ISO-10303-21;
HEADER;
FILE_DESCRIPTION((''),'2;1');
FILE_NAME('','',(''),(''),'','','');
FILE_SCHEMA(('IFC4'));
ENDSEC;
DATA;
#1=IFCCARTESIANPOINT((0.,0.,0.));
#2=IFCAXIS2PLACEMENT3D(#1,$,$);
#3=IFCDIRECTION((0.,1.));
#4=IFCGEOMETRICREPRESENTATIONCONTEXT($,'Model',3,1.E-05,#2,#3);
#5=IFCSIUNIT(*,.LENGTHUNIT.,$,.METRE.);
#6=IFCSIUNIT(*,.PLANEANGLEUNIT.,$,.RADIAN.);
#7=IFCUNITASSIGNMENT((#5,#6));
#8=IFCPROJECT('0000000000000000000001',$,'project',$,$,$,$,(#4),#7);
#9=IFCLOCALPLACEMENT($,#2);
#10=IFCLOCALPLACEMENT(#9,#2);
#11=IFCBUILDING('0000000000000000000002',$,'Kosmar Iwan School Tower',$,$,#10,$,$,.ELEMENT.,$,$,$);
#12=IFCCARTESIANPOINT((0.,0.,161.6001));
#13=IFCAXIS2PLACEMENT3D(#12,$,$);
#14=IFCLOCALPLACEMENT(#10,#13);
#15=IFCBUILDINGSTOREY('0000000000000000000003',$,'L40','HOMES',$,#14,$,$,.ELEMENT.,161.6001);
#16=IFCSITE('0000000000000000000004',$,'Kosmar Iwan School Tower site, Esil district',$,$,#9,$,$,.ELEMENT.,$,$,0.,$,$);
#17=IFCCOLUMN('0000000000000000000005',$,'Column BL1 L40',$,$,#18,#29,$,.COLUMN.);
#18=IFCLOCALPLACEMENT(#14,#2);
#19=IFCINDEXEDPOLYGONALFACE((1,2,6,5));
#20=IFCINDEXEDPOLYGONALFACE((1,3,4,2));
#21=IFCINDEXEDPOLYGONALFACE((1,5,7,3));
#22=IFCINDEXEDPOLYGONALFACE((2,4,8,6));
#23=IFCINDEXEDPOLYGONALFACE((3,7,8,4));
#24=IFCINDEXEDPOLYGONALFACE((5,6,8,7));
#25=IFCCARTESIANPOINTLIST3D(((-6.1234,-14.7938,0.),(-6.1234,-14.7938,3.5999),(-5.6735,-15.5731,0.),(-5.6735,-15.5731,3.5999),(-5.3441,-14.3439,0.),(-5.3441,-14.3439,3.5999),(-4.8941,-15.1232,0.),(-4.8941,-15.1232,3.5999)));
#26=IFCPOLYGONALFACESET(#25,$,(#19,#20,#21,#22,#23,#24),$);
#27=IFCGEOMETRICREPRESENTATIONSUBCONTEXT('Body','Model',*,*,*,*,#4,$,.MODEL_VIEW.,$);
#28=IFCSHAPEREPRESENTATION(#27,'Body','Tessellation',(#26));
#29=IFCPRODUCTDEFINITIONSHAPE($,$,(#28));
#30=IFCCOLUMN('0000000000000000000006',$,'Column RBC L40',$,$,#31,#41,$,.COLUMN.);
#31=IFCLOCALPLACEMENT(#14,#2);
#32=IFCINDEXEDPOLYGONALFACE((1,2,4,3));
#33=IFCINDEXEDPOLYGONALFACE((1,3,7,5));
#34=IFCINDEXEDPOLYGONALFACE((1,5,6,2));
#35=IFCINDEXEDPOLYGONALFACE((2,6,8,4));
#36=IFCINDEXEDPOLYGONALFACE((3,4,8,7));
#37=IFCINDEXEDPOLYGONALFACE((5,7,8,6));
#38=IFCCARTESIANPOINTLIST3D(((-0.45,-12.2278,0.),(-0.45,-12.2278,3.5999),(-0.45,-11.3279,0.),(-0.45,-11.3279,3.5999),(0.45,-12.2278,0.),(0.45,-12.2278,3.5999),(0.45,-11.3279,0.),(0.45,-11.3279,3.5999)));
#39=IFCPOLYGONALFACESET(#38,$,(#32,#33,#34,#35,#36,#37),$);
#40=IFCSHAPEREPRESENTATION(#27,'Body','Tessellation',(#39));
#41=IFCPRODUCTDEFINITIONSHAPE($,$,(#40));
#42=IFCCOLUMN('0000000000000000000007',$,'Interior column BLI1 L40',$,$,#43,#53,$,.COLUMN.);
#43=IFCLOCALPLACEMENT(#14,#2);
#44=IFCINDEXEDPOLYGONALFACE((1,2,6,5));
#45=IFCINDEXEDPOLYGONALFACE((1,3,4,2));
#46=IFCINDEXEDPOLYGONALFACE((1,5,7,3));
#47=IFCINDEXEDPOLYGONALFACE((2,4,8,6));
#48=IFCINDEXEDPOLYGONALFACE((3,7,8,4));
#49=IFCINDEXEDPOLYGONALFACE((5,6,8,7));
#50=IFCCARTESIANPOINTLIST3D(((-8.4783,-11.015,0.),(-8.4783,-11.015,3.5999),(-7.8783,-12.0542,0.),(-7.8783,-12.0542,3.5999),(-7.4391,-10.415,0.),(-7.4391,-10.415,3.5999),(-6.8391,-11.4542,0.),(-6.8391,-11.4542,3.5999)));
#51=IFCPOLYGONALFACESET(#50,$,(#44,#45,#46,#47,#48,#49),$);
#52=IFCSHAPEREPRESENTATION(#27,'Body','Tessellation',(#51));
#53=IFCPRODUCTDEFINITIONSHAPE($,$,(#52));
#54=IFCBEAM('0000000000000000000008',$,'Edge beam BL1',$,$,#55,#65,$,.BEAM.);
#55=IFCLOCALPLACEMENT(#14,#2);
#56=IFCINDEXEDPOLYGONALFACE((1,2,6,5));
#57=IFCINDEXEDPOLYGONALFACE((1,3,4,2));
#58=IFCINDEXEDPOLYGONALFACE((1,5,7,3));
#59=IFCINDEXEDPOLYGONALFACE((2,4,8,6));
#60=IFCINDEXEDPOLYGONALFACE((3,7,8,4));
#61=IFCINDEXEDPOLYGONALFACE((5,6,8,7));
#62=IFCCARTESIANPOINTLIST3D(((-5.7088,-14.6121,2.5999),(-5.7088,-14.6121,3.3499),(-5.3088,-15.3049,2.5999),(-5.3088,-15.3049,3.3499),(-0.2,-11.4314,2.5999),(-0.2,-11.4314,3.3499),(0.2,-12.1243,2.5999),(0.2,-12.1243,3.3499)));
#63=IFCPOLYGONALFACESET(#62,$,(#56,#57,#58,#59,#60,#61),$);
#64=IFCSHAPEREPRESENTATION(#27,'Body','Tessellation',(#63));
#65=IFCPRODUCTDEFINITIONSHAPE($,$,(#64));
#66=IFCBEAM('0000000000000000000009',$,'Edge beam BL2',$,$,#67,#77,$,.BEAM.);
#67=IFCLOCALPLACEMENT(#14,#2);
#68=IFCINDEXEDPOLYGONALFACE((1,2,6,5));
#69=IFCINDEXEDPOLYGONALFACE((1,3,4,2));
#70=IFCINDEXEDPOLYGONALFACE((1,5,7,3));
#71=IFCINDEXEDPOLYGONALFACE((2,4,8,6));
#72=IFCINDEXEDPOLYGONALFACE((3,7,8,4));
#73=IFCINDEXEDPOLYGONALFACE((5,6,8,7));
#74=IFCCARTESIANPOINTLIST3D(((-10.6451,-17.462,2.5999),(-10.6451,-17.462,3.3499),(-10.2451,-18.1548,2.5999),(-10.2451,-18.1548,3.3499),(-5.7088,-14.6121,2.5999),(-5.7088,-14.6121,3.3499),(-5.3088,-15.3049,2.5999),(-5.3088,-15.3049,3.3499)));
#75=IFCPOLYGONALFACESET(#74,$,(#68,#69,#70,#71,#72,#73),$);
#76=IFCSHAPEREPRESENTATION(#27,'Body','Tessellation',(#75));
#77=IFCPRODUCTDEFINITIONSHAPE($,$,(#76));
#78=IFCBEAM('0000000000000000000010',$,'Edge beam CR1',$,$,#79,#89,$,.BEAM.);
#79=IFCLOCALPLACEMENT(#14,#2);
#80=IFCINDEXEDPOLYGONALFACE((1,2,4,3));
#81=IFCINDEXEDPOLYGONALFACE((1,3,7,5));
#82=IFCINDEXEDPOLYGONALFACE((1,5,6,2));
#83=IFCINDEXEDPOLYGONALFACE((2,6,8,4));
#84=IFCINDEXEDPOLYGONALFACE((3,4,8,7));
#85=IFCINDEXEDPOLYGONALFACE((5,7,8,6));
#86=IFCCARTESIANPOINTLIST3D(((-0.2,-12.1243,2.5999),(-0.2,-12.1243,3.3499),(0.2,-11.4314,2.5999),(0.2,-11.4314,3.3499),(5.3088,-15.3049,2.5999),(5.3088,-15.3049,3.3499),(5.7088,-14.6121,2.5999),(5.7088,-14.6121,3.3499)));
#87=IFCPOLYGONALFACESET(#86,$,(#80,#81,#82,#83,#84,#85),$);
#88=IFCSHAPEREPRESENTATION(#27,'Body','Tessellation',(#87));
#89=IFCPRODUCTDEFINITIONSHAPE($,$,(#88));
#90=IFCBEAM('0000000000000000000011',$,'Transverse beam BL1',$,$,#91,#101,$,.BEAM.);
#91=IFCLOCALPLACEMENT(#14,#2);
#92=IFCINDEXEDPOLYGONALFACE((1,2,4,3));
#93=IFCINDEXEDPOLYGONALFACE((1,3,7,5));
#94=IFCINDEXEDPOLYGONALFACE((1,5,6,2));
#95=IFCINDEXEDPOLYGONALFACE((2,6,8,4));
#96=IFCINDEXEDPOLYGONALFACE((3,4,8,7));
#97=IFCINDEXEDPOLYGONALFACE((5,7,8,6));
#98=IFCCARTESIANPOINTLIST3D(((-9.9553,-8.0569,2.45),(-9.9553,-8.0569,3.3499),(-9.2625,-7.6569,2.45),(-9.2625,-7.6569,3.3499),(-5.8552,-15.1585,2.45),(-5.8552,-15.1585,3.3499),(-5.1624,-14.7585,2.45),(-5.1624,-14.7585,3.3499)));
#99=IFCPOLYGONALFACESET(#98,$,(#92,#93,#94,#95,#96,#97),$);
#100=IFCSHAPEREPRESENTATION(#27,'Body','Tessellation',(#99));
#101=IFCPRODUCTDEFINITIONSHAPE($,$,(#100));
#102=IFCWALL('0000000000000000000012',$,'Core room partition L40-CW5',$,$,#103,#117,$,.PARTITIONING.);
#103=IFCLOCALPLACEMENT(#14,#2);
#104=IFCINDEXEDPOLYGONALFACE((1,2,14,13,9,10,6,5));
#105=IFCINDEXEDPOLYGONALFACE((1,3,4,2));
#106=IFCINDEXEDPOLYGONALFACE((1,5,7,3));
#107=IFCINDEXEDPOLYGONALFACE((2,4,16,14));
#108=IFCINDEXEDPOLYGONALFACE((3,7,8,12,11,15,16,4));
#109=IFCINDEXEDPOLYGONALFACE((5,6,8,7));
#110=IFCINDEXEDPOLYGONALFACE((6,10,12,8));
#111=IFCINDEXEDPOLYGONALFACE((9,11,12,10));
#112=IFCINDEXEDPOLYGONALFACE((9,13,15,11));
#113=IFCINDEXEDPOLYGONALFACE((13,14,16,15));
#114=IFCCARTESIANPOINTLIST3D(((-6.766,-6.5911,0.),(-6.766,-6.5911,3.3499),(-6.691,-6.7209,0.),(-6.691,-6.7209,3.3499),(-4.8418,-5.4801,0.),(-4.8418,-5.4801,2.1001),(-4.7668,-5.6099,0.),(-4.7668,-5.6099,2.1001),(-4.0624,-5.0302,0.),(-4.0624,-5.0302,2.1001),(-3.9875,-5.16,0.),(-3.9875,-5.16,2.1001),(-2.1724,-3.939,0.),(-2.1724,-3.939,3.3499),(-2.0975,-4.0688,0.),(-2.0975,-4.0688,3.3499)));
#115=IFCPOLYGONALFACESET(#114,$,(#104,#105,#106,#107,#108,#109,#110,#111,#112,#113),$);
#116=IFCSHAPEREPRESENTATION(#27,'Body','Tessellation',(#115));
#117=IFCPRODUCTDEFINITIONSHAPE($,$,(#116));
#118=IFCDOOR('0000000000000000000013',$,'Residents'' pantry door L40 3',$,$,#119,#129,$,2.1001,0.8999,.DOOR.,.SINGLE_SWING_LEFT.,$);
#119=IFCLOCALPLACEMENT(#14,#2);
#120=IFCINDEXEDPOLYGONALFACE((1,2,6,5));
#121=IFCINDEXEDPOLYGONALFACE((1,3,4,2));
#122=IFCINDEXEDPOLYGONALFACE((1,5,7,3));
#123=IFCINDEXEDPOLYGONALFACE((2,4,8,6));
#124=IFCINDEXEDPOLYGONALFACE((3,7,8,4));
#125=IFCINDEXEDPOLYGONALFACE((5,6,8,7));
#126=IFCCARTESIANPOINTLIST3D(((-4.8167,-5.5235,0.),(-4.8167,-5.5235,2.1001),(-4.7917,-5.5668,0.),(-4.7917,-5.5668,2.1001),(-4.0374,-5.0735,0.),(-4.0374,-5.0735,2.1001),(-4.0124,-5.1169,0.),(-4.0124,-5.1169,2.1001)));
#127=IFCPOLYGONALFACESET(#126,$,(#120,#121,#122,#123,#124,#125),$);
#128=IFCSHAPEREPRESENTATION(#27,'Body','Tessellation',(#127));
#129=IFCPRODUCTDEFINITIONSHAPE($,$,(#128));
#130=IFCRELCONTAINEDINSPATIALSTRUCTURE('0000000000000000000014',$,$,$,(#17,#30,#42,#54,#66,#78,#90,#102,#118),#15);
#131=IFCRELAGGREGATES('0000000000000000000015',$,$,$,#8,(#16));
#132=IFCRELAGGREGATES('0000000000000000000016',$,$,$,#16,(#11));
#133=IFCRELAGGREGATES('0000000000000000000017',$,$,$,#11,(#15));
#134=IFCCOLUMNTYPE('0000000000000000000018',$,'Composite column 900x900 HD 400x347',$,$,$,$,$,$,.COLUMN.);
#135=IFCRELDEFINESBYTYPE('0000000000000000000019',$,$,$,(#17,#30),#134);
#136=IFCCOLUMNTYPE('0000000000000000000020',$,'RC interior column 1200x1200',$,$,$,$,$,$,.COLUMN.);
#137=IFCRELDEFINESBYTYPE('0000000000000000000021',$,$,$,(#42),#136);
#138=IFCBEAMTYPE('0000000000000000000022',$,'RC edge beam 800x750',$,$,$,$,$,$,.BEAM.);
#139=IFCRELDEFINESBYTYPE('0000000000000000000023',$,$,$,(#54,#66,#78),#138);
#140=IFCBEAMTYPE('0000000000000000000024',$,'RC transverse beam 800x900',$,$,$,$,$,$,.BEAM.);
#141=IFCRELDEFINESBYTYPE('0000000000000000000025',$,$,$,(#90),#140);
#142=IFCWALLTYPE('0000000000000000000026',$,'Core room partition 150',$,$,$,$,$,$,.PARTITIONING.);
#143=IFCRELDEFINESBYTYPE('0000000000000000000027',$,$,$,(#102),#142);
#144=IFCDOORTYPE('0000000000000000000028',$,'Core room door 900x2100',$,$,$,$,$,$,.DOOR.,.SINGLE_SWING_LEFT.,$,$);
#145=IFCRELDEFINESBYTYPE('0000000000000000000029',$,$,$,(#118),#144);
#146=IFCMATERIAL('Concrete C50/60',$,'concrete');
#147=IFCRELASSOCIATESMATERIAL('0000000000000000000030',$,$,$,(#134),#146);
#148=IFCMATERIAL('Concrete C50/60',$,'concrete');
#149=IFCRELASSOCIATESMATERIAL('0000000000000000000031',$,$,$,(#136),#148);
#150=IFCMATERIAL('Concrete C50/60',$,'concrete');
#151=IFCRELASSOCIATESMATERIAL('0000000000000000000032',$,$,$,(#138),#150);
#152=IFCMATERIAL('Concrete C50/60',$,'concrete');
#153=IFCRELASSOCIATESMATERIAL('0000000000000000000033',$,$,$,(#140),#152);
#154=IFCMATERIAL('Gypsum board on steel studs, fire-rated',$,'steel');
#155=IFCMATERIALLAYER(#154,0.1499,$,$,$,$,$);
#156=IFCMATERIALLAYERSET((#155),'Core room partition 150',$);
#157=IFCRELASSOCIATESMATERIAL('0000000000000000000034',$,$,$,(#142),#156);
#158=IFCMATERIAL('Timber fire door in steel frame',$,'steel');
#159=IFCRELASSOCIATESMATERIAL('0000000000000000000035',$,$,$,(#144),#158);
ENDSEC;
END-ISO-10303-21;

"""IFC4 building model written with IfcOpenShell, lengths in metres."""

from ifc_helpers import new_model, si_unit, direction, frame, frame_2d, origin, origin_2d, place, context, subcontext, project, spatial, rectangle, extrude, material, layer, layer_set, material_profile, profile_set, type_object, element, fill, save


model = new_model("IFC4")

# Units and contexts
model_context = context("Model", 3, precision=1e-05, world=origin(), true_north=direction((0.0, 1.0)))
body_context = subcontext(model_context, "Body", "Model", "MODEL_VIEW")
ifc_project = project(units=[si_unit("LENGTHUNIT", "METRE"), si_unit("PLANEANGLEUNIT", "RADIAN")], contexts=[model_context])

# Site, building, storey
site_placement = place(None, origin())
site = spatial("IfcSite", under=ifc_project, at=site_placement, Name="Kosmar Iwan School Tower site, Esil district", CompositionType="ELEMENT", RefElevation=0.0)
building_placement = place(site_placement, origin())
building = spatial("IfcBuilding", under=site, at=building_placement, Name="Kosmar Iwan School Tower", CompositionType="ELEMENT")
storey_placement = place(building_placement, frame((0.0, 0.0, 161.6001)))
storey = spatial("IfcBuildingStorey", under=building, at=storey_placement, Name="L40", Description="HOMES", CompositionType="ELEMENT", Elevation=161.6001)

# Columns
ifc_material_1 = material(Name="Concrete C50/60", Category="concrete")
ifc_material_profile_1 = material_profile(ifc_material_1, rectangle(XDim=0.8999, YDim=0.8999, at=origin_2d()), Name="RC 900x900 + HD 400x347")
ifc_profile_set_1 = profile_set([ifc_material_profile_1], Name="Concrete C50/60")
column_type_1 = type_object("IfcColumnType", Name="Composite column 900x900 HD 400x347", PredefinedType="COLUMN", material=ifc_profile_set_1)
for number, where, z_axis, x_axis, name in (
    (1, (-5.5088, -14.9585, 0.0), (0.0, 0.0, 1.0), (-0.866025, -0.5, 0.0), "Column BL1 L40"),
    (2, (0.0, -11.7778, 0.0), (0.0, 0.0, 1.0), (1.0, 0.0, 0.0), "Column RBC L40"),
):
    element("IfcColumn", number, at=place(storey_placement, frame(where, z_axis=z_axis, x_axis=x_axis)), inside=storey, type_object=column_type_1, Name=name, PredefinedType="COLUMN", context=body_context, shape_type="SweptSolid", body=[
        extrude(rectangle(XDim=0.8999, YDim=0.8999, at=origin_2d()), origin(), (0.0, 0.0, 1.0), 3.5999),
    ])
ifc_material_2 = material(Name="Concrete C50/60", Category="concrete")
ifc_material_profile_2 = material_profile(ifc_material_2, rectangle(XDim=1.2, YDim=1.2, at=origin_2d()), Name="RC 1200x1200")
ifc_profile_set_2 = profile_set([ifc_material_profile_2], Name="Concrete C50/60")
column_type_2 = type_object("IfcColumnType", Name="RC interior column 1200x1200", PredefinedType="COLUMN", material=ifc_profile_set_2)
column_placement = place(storey_placement, frame((-7.6587, -11.2346, 0.0), z_axis=(0.0, 0.0, 1.0), x_axis=(-0.866025, -0.5, 0.0)))
element("IfcColumn", 3, at=column_placement, inside=storey, type_object=column_type_2, Name="Interior column BLI1 L40", PredefinedType="COLUMN", context=body_context, shape_type="SweptSolid", body=[
    extrude(rectangle(XDim=1.2, YDim=1.2, at=origin_2d()), origin(), (0.0, 0.0, 1.0), 3.5999),
])

# Beams
ifc_material_3 = material(Name="Concrete C50/60", Category="concrete")
ifc_material_profile_3 = material_profile(ifc_material_3, rectangle(XDim=0.8, YDim=0.75, at=origin_2d()), Name="RC 800x750")
ifc_profile_set_3 = profile_set([ifc_material_profile_3], Name="Concrete C50/60")
beam_type_1 = type_object("IfcBeamType", Name="RC edge beam 800x750", PredefinedType="BEAM", material=ifc_profile_set_3)
beam_1_placement = place(storey_placement, frame((0.0, -11.7778, 2.9749), z_axis=(-0.866014, -0.500019, 0.0), x_axis=(0.500019, -0.866014, 0.0)))
element("IfcBeam", 4, at=beam_1_placement, inside=storey, type_object=beam_type_1, Name="Edge beam BL1", PredefinedType="BEAM", context=body_context, shape_type="SweptSolid", body=[
    extrude(rectangle(XDim=0.8, YDim=0.75, at=origin_2d()), origin(), (0.0, 0.0, 1.0), 6.3611),
])
beam_2_placement = place(storey_placement, frame((-5.5088, -14.9585, 2.9749), z_axis=(-0.866034, -0.499986, 0.0), x_axis=(0.499986, -0.866034, 0.0)))
element("IfcBeam", 5, at=beam_2_placement, inside=storey, type_object=beam_type_1, Name="Edge beam BL2", PredefinedType="BEAM", context=body_context, shape_type="SweptSolid", body=[
    extrude(rectangle(XDim=0.8, YDim=0.75, at=origin_2d()), origin(), (0.0, 0.0, 1.0), 5.7),
])
beam_3_placement = place(storey_placement, frame((0.0, -11.7778, 2.9749), z_axis=(0.866014, -0.500019, 0.0), x_axis=(0.500019, 0.866014, 0.0)))
element("IfcBeam", 6, at=beam_3_placement, inside=storey, type_object=beam_type_1, Name="Edge beam CR1", PredefinedType="BEAM", context=body_context, shape_type="SweptSolid", body=[
    extrude(rectangle(XDim=0.8, YDim=0.75, at=origin_2d()), origin(), (0.0, 0.0, 1.0), 6.3611),
])
ifc_material_4 = material(Name="Concrete C50/60", Category="concrete")
ifc_material_profile_4 = material_profile(ifc_material_4, rectangle(XDim=0.8, YDim=0.8999, at=origin_2d()), Name="RC 800x900")
ifc_profile_set_4 = profile_set([ifc_material_profile_4], Name="Concrete C50/60")
beam_type_2 = type_object("IfcBeamType", Name="RC transverse beam 800x900", PredefinedType="BEAM", material=ifc_profile_set_4)
beam_4_placement = place(storey_placement, frame((-5.5088, -14.9585, 2.8999), z_axis=(-0.500001, 0.866025, 0.0), x_axis=(-0.866025, -0.500001, 0.0)))
element("IfcBeam", 7, at=beam_4_placement, inside=storey, type_object=beam_type_2, Name="Transverse beam BL1", PredefinedType="BEAM", context=body_context, shape_type="SweptSolid", body=[
    extrude(rectangle(XDim=0.8, YDim=0.8999, at=origin_2d()), origin(), (0.0, 0.0, 1.0), 8.2002),
])

# Wall, opening, door
ifc_material_5 = material(Name="Gypsum board on steel studs, fire-rated", Category="steel")
ifc_layer_1 = layer(ifc_material_5, 0.1499)
ifc_layer_set_1 = layer_set([ifc_layer_1], Name="Core room partition 150")
wall_type_1 = type_object("IfcWallType", Name="Core room partition 150", PredefinedType="PARTITIONING", material=ifc_layer_set_1)
wall_1_placement = place(storey_placement, frame((-6.7285, -6.656, 0.0), z_axis=(0.0, 0.0, 1.0), x_axis=(0.866022, 0.500005, 0.0)))
wall_1 = element("IfcWall", 8, at=wall_1_placement, inside=storey, type_object=wall_type_1, Name="Core room partition L40-CW5", PredefinedType="PARTITIONING", context=body_context, shape_type="SweptSolid", body=[
    extrude(rectangle(XDim=5.3042, YDim=0.1499, at=frame_2d((2.6521, 0.0))), origin(), (0.0, 0.0, 1.0), 3.3499),
])
opening_1_placement = place(wall_1_placement, frame((2.2219, 0.0, 0.0)))
opening_1 = element("IfcOpeningElement", 9, at=opening_1_placement, cuts=wall_1, PredefinedType="OPENING", context=body_context, shape_type="SweptSolid", body=[
    extrude(rectangle(XDim=0.8999, YDim=2.1001, at=frame_2d((0.45, 1.05))), frame((0.0, 0.0869, 0.0), z_axis=(0.0, -1.0, 0.0), x_axis=(1.0, 0.0, 0.0)), (0.0, 0.0, 1.0), 0.1738),
])
ifc_material_6 = material(Name="Timber fire door in steel frame", Category="steel")
door_type_1 = type_object("IfcDoorType", Name="Core room door 900x2100", OperationType="SINGLE_SWING_LEFT", PredefinedType="DOOR", material=ifc_material_6)
door_1_placement = place(opening_1_placement, origin())
door_1 = element("IfcDoor", 10, at=door_1_placement, inside=storey, type_object=door_type_1, Name="Residents' pantry door L40 3", OperationType="SINGLE_SWING_LEFT", OverallHeight=2.1001, OverallWidth=0.8999, PredefinedType="DOOR", context=body_context, shape_type="SweptSolid", body=[
    extrude(rectangle(XDim=0.8999, YDim=2.1001, at=frame_2d((0.45, 1.05))), frame((0.0, 0.0249, 0.0), z_axis=(0.0, -1.0, 0.0), x_axis=(1.0, 0.0, 0.0)), (0.0, 0.0, 1.0), 0.05),
])
fill(opening_1, door_1)

save(model, "model.ifc")
